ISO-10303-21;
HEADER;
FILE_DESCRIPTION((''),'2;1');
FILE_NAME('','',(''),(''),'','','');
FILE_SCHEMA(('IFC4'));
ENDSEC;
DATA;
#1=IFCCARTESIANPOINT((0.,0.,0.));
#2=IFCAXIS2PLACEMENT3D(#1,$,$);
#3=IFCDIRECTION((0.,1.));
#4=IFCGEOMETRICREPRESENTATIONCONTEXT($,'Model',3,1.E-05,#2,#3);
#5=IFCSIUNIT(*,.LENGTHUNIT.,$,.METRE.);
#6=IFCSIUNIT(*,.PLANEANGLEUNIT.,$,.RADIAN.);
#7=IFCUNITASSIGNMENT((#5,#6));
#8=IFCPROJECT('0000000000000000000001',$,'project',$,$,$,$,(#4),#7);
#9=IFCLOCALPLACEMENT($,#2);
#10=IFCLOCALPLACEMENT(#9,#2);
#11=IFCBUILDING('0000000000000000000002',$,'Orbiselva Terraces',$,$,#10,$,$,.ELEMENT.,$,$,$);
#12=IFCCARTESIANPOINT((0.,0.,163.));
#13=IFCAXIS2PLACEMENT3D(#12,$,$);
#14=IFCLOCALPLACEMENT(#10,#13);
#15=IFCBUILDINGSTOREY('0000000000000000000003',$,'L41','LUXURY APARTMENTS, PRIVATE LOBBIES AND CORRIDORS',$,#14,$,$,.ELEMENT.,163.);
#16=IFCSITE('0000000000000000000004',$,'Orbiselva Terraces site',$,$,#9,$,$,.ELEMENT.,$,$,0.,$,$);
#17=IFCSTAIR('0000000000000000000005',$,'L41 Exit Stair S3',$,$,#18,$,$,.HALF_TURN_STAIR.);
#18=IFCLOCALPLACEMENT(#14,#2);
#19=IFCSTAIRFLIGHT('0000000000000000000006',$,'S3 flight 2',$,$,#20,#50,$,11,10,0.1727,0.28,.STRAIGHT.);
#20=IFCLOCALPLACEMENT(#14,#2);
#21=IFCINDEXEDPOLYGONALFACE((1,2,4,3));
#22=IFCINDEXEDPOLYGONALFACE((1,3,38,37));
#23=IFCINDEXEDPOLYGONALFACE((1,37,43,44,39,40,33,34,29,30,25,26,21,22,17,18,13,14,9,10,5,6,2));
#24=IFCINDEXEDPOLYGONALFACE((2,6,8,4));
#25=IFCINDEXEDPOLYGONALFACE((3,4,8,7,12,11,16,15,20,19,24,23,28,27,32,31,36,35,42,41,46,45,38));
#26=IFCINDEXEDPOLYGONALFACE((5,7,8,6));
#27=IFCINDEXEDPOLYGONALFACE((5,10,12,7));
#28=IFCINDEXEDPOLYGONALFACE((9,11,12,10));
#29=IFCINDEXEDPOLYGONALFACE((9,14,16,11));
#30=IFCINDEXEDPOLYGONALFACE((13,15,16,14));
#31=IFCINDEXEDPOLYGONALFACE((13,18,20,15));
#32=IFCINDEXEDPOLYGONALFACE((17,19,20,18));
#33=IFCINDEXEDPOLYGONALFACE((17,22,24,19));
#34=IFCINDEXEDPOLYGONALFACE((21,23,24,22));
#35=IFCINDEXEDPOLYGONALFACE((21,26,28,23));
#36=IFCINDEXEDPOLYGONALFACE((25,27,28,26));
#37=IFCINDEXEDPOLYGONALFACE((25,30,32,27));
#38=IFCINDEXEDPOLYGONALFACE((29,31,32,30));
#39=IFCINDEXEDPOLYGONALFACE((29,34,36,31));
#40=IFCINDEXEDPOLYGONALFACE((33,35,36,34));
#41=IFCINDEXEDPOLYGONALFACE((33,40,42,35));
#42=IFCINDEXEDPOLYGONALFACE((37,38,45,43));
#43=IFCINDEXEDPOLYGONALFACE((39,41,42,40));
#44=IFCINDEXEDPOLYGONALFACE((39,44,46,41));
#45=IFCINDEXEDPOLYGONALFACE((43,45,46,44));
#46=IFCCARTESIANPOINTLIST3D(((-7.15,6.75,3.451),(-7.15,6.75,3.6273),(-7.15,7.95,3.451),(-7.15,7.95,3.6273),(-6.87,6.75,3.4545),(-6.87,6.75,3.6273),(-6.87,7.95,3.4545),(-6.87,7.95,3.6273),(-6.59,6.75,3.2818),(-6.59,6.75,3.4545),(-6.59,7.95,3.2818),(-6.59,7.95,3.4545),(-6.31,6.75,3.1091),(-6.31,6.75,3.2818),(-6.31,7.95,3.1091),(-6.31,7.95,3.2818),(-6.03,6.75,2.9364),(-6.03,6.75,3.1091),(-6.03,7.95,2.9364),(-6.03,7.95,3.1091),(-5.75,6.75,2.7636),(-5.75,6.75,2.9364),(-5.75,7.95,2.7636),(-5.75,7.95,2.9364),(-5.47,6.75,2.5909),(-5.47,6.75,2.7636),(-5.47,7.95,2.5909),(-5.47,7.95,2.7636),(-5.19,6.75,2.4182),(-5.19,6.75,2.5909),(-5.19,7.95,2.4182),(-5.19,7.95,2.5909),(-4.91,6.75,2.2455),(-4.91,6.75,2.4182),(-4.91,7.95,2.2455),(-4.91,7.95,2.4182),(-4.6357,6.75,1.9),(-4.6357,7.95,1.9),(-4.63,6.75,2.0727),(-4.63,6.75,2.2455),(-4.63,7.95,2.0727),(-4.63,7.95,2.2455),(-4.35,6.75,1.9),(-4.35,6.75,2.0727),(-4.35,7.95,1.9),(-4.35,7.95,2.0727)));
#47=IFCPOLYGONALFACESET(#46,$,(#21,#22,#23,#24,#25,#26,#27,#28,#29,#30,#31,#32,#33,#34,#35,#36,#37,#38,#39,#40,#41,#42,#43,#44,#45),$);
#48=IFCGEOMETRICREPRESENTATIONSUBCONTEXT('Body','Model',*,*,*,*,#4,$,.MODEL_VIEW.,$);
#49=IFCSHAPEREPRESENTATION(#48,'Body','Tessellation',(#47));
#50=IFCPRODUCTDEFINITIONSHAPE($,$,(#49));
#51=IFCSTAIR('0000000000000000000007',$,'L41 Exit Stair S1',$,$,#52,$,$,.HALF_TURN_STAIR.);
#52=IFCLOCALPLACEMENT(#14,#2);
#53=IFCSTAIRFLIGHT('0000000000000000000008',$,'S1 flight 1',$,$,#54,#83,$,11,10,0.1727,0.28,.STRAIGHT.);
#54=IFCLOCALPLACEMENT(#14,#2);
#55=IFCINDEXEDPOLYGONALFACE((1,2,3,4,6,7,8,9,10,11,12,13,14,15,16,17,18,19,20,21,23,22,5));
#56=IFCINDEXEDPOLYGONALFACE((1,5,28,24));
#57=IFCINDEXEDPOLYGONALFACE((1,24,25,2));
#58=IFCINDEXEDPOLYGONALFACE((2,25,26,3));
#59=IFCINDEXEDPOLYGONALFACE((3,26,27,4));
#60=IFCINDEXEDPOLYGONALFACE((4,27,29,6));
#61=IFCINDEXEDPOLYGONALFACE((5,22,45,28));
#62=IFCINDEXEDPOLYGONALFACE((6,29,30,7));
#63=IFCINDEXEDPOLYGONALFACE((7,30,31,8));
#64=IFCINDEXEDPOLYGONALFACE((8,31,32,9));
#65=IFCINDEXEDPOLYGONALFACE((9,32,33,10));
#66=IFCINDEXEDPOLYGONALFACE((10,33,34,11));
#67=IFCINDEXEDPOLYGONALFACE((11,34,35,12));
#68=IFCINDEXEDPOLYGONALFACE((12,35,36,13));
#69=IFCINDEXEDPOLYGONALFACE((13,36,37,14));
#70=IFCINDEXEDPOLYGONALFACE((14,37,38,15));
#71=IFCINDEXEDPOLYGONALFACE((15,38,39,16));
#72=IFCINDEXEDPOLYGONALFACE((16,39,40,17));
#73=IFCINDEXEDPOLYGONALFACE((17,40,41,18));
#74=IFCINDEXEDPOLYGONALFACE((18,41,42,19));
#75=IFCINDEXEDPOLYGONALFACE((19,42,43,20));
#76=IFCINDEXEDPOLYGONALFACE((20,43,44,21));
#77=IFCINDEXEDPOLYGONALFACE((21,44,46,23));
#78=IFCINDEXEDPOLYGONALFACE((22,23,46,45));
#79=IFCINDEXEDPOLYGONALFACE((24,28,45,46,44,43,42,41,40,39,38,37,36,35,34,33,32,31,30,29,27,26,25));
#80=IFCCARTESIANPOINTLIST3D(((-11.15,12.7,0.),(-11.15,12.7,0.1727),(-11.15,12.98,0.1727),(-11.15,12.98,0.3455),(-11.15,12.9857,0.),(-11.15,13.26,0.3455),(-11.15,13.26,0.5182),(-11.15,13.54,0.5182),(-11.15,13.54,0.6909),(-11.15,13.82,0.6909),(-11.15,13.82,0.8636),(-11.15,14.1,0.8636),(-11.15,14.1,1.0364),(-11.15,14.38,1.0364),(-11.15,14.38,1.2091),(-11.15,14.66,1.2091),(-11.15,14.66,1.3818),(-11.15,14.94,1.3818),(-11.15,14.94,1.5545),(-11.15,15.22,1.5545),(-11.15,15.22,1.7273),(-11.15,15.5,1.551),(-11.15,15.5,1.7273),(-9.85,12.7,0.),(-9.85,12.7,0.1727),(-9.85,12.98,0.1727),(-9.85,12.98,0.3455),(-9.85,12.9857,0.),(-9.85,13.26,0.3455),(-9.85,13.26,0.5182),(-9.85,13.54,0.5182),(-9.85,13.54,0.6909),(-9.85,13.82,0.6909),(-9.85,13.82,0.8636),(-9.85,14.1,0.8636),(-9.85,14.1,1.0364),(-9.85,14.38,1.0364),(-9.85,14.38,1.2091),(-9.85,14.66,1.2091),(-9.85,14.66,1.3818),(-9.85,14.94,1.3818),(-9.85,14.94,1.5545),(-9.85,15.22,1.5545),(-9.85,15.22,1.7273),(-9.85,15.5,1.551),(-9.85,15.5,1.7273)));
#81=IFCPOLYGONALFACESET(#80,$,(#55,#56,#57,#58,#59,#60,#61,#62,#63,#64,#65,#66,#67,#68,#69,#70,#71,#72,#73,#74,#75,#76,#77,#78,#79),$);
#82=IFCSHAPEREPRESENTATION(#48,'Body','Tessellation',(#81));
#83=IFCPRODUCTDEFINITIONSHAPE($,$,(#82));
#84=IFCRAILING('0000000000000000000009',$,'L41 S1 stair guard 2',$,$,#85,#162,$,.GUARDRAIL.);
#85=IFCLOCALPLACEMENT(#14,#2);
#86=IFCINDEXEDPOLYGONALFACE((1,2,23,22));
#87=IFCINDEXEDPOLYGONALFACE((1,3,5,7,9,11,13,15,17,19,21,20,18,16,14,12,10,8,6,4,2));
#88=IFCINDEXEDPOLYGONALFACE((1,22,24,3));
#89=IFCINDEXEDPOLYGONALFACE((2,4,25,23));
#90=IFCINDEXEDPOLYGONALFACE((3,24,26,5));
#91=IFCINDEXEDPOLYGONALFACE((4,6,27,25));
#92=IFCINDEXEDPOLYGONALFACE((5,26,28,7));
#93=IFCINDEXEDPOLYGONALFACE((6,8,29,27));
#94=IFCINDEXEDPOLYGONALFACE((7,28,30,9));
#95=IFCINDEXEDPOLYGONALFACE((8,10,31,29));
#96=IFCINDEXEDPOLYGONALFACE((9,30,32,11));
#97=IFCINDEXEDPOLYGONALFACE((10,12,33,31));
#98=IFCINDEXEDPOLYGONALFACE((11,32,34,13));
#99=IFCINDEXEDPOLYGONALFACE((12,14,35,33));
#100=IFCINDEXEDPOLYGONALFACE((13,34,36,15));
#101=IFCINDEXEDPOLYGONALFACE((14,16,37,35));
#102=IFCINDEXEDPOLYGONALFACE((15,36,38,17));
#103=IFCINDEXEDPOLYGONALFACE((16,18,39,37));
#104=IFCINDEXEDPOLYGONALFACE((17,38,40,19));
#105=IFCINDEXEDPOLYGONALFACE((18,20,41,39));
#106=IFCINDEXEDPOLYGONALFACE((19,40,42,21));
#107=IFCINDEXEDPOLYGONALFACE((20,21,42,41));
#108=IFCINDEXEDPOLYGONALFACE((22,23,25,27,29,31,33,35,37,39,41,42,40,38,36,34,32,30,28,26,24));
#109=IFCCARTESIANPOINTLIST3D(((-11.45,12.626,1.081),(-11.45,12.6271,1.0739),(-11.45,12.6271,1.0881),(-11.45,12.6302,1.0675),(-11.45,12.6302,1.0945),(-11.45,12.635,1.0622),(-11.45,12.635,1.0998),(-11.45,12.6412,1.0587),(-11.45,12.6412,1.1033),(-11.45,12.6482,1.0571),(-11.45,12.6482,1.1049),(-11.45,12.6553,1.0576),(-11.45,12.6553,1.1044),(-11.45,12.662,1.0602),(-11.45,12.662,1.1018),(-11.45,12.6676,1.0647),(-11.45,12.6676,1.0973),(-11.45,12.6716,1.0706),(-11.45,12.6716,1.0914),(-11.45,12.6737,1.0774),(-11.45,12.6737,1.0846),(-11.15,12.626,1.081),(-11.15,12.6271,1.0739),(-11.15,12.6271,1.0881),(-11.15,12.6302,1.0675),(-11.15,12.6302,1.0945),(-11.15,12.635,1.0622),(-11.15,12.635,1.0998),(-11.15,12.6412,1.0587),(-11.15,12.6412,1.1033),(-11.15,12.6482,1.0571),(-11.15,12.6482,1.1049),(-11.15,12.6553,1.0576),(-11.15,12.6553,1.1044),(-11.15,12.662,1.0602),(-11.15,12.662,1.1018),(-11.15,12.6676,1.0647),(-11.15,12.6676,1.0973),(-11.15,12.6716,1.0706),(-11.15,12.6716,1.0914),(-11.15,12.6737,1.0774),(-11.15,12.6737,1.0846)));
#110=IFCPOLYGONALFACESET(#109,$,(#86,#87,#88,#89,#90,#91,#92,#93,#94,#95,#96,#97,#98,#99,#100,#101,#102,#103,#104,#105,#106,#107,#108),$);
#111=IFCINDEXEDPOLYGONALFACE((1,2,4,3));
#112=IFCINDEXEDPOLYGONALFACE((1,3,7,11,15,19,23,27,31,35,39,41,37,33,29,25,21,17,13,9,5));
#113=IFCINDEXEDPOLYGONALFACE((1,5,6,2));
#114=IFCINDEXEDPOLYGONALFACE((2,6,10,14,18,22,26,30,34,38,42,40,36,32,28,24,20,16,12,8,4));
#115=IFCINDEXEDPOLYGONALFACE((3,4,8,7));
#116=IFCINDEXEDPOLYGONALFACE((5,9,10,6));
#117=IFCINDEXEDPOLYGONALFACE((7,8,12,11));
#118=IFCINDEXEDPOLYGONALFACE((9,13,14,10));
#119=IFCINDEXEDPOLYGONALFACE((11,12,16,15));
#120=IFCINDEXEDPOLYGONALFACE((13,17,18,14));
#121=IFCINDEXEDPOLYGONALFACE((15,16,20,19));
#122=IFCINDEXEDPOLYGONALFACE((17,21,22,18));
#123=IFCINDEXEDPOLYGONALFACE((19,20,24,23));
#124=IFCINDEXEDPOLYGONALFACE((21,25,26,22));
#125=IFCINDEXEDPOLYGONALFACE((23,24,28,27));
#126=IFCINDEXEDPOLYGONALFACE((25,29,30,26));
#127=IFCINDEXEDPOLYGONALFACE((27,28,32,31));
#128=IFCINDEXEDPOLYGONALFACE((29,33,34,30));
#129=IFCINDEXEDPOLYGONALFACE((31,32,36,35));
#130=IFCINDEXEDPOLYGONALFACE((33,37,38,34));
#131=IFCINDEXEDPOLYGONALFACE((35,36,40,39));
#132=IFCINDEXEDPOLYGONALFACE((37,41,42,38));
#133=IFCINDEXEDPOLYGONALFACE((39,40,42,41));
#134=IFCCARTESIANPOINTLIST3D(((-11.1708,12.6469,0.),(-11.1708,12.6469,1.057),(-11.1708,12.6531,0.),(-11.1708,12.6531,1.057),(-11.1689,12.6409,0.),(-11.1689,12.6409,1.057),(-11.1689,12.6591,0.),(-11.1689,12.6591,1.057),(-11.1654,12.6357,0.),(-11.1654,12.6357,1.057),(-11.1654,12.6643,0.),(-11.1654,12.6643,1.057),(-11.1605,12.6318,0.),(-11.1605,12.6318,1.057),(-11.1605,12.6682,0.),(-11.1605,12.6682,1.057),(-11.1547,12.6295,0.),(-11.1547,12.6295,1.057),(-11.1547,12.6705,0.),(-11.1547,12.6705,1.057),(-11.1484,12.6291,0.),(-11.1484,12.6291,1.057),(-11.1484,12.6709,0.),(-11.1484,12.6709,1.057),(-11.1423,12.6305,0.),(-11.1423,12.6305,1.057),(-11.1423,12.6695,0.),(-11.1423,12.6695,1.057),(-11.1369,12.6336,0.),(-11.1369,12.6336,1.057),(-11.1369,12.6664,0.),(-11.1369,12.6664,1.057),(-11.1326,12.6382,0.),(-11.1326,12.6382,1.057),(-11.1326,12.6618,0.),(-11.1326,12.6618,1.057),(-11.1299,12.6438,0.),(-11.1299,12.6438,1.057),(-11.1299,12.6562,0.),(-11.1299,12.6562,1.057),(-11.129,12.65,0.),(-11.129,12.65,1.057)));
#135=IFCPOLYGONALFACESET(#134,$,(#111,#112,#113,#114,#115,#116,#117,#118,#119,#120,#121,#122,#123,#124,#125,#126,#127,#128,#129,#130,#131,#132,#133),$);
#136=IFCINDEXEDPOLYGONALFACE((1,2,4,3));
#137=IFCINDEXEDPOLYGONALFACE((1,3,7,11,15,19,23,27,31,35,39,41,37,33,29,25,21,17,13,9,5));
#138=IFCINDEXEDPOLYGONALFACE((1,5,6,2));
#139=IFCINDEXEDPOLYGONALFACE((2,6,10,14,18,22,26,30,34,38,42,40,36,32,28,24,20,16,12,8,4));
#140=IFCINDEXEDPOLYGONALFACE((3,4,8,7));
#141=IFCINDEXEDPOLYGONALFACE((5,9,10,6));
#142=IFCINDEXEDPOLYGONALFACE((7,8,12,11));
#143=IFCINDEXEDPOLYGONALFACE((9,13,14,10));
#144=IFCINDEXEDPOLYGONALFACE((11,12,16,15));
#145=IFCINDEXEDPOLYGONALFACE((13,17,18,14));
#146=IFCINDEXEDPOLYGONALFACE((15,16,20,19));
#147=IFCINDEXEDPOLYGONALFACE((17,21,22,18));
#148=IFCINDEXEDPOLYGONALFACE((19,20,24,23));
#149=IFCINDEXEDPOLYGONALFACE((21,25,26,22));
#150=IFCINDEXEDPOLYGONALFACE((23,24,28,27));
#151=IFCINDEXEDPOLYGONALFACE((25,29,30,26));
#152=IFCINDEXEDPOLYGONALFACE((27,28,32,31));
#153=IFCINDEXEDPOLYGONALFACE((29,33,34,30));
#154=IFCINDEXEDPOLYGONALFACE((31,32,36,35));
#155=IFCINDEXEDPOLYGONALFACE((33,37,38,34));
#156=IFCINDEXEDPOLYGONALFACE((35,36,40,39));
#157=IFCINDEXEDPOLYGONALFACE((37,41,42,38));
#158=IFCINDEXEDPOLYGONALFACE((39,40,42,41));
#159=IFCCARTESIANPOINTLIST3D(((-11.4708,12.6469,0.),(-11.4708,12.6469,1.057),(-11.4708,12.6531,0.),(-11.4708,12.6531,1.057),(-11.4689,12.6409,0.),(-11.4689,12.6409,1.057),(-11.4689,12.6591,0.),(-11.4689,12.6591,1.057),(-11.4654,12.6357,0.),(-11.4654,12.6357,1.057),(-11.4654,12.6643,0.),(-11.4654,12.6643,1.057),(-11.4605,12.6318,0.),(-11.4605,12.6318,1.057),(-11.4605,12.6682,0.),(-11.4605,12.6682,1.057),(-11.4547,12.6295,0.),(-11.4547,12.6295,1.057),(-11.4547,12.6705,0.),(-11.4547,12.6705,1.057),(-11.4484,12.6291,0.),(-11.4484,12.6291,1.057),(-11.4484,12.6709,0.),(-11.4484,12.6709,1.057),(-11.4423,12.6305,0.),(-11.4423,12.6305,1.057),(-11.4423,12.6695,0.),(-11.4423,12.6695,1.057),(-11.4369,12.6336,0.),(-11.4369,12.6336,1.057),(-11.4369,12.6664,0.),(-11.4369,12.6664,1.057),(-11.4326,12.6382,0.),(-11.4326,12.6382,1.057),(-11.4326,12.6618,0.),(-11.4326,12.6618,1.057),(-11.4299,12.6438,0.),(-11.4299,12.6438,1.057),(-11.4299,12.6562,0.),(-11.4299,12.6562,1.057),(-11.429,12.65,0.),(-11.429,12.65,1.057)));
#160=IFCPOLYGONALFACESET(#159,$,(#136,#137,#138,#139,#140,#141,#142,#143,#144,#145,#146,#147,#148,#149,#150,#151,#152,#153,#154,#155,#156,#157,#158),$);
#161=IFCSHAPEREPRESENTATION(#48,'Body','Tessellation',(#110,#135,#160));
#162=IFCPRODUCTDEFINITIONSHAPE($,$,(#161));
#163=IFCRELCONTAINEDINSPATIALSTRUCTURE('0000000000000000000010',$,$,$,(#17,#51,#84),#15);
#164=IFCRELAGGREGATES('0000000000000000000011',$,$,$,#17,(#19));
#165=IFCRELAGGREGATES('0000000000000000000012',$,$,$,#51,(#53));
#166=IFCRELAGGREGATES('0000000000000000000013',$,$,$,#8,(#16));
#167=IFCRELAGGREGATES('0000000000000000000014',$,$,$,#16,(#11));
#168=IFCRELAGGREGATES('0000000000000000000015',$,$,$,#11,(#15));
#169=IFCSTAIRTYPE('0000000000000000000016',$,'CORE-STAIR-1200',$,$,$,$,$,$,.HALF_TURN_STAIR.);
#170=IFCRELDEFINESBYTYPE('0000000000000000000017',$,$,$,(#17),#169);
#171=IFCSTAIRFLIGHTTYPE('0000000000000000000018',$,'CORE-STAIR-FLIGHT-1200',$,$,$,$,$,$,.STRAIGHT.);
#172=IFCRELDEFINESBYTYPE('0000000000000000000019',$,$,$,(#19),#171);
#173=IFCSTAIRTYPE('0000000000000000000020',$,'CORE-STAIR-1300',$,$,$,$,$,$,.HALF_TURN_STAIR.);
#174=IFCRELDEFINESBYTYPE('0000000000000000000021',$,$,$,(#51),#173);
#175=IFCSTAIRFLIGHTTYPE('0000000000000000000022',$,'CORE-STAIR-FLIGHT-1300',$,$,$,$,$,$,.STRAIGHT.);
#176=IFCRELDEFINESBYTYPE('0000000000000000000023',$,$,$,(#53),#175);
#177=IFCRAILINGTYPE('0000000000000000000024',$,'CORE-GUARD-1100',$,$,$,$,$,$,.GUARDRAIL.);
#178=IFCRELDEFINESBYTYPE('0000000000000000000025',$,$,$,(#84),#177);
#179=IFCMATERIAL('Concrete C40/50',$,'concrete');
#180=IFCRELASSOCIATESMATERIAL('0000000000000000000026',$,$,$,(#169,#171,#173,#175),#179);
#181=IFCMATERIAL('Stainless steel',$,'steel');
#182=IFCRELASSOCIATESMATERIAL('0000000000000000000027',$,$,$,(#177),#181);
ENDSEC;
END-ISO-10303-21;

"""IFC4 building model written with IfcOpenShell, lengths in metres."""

from ifc_helpers import new_model, si_unit, direction, frame, origin, origin_2d, place, context, subcontext, project, spatial, polyline, circle, outline, extrude, material, type_object, element, aggregate, save


model = new_model("IFC4")

# Units and contexts
model_context = context("Model", 3, precision=1e-05, world=origin(), true_north=direction((0.0, 1.0)))
body_context = subcontext(model_context, "Body", "Model", "MODEL_VIEW")
ifc_project = project(units=[si_unit("LENGTHUNIT", "METRE"), si_unit("PLANEANGLEUNIT", "RADIAN")], contexts=[model_context])

# Site, building, storey
site_placement = place(None, origin())
site = spatial("IfcSite", under=ifc_project, at=site_placement, Name="Orbiselva Terraces site", CompositionType="ELEMENT", RefElevation=0.0)
building_placement = place(site_placement, origin())
building = spatial("IfcBuilding", under=site, at=building_placement, Name="Orbiselva Terraces", CompositionType="ELEMENT")
storey_placement = place(building_placement, frame((0.0, 0.0, 163.0)))
storey = spatial("IfcBuildingStorey", under=building, at=storey_placement, Name="L41", Description="LUXURY APARTMENTS, PRIVATE LOBBIES AND CORRIDORS", CompositionType="ELEMENT", Elevation=163.0)

# Stair, stair flight
ifc_material_1 = material(Name="Concrete C40/50", Category="concrete")
stair_type_1 = type_object("IfcStairType", Name="CORE-STAIR-1200", PredefinedType="HALF_TURN_STAIR", material=ifc_material_1)
stair_1_placement = place(storey_placement, origin())
stair_1 = element("IfcStair", 1, at=stair_1_placement, inside=storey, type_object=stair_type_1, Name="L41 Exit Stair S3", PredefinedType="HALF_TURN_STAIR")
stair_flight_type_1 = type_object("IfcStairFlightType", Name="CORE-STAIR-FLIGHT-1200", PredefinedType="STRAIGHT", material=ifc_material_1)
stair_flight_1_placement = place(storey_placement, frame((-4.35, 7.35, 1.9), z_axis=(0.0, 0.0, 1.0), x_axis=(-1.0, 0.0, 0.0)))
stair_flight_1 = element("IfcStairFlight", 2, at=stair_flight_1_placement, type_object=stair_flight_type_1, Name="S3 flight 2", NumberOfRisers=11, NumberOfTreads=10, PredefinedType="STRAIGHT", RiserHeight=0.1727, TreadLength=0.28, context=body_context, shape_type="SweptSolid", body=[
    extrude(outline(polyline([(0.0, 0.0), (0.0, 0.1727), (0.28, 0.1727), (0.28, 0.3455), (0.56, 0.3455), (0.56, 0.5182), (0.84, 0.5182), (0.84, 0.6909), (1.12, 0.6909), (1.12, 0.8636), (1.4, 0.8636), (1.4, 1.0364), (1.68, 1.0364), (1.68, 1.2091), (1.96, 1.2091), (1.96, 1.3818), (2.24, 1.3818), (2.24, 1.5545), (2.52, 1.5545), (2.52, 1.7273), (2.8, 1.7273), (2.8, 1.9), (2.8, 1.551), (0.2857, 0.0), (0.0, 0.0)])), frame((0.0, 0.6, 0.0), z_axis=(0.0, -1.0, 0.0), x_axis=(1.0, 0.0, 0.0)), (0.0, 0.0, 1.0), 1.2),
])
aggregate(stair_1, [stair_flight_1])

# Stair, stair flight
stair_type_2 = type_object("IfcStairType", Name="CORE-STAIR-1300", PredefinedType="HALF_TURN_STAIR", material=ifc_material_1)
stair_2_placement = place(storey_placement, origin())
stair_2 = element("IfcStair", 3, at=stair_2_placement, inside=storey, type_object=stair_type_2, Name="L41 Exit Stair S1", PredefinedType="HALF_TURN_STAIR")
stair_flight_type_2 = type_object("IfcStairFlightType", Name="CORE-STAIR-FLIGHT-1300", PredefinedType="STRAIGHT", material=ifc_material_1)
stair_flight_2_placement = place(storey_placement, frame((-10.5, 12.7, 0.0), z_axis=(0.0, 0.0, 1.0), x_axis=(0.0, 1.0, 0.0)))
stair_flight_2 = element("IfcStairFlight", 4, at=stair_flight_2_placement, type_object=stair_flight_type_2, Name="S1 flight 1", NumberOfRisers=11, NumberOfTreads=10, PredefinedType="STRAIGHT", RiserHeight=0.1727, TreadLength=0.28, context=body_context, shape_type="SweptSolid", body=[
    extrude(outline(polyline([(0.0, 0.0), (0.0, 0.1727), (0.28, 0.1727), (0.28, 0.3455), (0.56, 0.3455), (0.56, 0.5182), (0.84, 0.5182), (0.84, 0.6909), (1.12, 0.6909), (1.12, 0.8636), (1.4, 0.8636), (1.4, 1.0364), (1.68, 1.0364), (1.68, 1.2091), (1.96, 1.2091), (1.96, 1.3818), (2.24, 1.3818), (2.24, 1.5545), (2.52, 1.5545), (2.52, 1.7273), (2.8, 1.7273), (2.8, 1.9), (2.8, 1.551), (0.2857, 0.0), (0.0, 0.0)])), frame((0.0, 0.65, 0.0), z_axis=(0.0, -1.0, 0.0), x_axis=(1.0, 0.0, 0.0)), (0.0, 0.0, 1.0), 1.3),
])
aggregate(stair_2, [stair_flight_2])

# Railing
ifc_material_2 = material(Name="Stainless steel", Category="steel")
railing_type_1 = type_object("IfcRailingType", Name="CORE-GUARD-1100", PredefinedType="GUARDRAIL", material=ifc_material_2)
railing_1_placement = place(storey_placement, frame((-11.15, 12.65, 0.0)))
element("IfcRailing", 5, at=railing_1_placement, inside=storey, type_object=railing_type_1, Name="L41 S1 stair guard 2", PredefinedType="GUARDRAIL", context=body_context, shape_type="SweptSolid", body=[
    extrude(circle(Radius=0.024, at=origin_2d()), frame((0.0, 0.0, 1.081), z_axis=(-1.0, 0.0, 0.0), x_axis=(0.0, -1.0, 0.0)), (0.0, 0.0, 1.0), 0.3),
    extrude(circle(Radius=0.021, at=origin_2d()), origin(), (0.0, 0.0, 1.0), 1.057),
    extrude(circle(Radius=0.021, at=origin_2d()), frame((-0.3, 0.0, 0.0)), (0.0, 0.0, 1.0), 1.057),
])

save(model, "model.ifc")
